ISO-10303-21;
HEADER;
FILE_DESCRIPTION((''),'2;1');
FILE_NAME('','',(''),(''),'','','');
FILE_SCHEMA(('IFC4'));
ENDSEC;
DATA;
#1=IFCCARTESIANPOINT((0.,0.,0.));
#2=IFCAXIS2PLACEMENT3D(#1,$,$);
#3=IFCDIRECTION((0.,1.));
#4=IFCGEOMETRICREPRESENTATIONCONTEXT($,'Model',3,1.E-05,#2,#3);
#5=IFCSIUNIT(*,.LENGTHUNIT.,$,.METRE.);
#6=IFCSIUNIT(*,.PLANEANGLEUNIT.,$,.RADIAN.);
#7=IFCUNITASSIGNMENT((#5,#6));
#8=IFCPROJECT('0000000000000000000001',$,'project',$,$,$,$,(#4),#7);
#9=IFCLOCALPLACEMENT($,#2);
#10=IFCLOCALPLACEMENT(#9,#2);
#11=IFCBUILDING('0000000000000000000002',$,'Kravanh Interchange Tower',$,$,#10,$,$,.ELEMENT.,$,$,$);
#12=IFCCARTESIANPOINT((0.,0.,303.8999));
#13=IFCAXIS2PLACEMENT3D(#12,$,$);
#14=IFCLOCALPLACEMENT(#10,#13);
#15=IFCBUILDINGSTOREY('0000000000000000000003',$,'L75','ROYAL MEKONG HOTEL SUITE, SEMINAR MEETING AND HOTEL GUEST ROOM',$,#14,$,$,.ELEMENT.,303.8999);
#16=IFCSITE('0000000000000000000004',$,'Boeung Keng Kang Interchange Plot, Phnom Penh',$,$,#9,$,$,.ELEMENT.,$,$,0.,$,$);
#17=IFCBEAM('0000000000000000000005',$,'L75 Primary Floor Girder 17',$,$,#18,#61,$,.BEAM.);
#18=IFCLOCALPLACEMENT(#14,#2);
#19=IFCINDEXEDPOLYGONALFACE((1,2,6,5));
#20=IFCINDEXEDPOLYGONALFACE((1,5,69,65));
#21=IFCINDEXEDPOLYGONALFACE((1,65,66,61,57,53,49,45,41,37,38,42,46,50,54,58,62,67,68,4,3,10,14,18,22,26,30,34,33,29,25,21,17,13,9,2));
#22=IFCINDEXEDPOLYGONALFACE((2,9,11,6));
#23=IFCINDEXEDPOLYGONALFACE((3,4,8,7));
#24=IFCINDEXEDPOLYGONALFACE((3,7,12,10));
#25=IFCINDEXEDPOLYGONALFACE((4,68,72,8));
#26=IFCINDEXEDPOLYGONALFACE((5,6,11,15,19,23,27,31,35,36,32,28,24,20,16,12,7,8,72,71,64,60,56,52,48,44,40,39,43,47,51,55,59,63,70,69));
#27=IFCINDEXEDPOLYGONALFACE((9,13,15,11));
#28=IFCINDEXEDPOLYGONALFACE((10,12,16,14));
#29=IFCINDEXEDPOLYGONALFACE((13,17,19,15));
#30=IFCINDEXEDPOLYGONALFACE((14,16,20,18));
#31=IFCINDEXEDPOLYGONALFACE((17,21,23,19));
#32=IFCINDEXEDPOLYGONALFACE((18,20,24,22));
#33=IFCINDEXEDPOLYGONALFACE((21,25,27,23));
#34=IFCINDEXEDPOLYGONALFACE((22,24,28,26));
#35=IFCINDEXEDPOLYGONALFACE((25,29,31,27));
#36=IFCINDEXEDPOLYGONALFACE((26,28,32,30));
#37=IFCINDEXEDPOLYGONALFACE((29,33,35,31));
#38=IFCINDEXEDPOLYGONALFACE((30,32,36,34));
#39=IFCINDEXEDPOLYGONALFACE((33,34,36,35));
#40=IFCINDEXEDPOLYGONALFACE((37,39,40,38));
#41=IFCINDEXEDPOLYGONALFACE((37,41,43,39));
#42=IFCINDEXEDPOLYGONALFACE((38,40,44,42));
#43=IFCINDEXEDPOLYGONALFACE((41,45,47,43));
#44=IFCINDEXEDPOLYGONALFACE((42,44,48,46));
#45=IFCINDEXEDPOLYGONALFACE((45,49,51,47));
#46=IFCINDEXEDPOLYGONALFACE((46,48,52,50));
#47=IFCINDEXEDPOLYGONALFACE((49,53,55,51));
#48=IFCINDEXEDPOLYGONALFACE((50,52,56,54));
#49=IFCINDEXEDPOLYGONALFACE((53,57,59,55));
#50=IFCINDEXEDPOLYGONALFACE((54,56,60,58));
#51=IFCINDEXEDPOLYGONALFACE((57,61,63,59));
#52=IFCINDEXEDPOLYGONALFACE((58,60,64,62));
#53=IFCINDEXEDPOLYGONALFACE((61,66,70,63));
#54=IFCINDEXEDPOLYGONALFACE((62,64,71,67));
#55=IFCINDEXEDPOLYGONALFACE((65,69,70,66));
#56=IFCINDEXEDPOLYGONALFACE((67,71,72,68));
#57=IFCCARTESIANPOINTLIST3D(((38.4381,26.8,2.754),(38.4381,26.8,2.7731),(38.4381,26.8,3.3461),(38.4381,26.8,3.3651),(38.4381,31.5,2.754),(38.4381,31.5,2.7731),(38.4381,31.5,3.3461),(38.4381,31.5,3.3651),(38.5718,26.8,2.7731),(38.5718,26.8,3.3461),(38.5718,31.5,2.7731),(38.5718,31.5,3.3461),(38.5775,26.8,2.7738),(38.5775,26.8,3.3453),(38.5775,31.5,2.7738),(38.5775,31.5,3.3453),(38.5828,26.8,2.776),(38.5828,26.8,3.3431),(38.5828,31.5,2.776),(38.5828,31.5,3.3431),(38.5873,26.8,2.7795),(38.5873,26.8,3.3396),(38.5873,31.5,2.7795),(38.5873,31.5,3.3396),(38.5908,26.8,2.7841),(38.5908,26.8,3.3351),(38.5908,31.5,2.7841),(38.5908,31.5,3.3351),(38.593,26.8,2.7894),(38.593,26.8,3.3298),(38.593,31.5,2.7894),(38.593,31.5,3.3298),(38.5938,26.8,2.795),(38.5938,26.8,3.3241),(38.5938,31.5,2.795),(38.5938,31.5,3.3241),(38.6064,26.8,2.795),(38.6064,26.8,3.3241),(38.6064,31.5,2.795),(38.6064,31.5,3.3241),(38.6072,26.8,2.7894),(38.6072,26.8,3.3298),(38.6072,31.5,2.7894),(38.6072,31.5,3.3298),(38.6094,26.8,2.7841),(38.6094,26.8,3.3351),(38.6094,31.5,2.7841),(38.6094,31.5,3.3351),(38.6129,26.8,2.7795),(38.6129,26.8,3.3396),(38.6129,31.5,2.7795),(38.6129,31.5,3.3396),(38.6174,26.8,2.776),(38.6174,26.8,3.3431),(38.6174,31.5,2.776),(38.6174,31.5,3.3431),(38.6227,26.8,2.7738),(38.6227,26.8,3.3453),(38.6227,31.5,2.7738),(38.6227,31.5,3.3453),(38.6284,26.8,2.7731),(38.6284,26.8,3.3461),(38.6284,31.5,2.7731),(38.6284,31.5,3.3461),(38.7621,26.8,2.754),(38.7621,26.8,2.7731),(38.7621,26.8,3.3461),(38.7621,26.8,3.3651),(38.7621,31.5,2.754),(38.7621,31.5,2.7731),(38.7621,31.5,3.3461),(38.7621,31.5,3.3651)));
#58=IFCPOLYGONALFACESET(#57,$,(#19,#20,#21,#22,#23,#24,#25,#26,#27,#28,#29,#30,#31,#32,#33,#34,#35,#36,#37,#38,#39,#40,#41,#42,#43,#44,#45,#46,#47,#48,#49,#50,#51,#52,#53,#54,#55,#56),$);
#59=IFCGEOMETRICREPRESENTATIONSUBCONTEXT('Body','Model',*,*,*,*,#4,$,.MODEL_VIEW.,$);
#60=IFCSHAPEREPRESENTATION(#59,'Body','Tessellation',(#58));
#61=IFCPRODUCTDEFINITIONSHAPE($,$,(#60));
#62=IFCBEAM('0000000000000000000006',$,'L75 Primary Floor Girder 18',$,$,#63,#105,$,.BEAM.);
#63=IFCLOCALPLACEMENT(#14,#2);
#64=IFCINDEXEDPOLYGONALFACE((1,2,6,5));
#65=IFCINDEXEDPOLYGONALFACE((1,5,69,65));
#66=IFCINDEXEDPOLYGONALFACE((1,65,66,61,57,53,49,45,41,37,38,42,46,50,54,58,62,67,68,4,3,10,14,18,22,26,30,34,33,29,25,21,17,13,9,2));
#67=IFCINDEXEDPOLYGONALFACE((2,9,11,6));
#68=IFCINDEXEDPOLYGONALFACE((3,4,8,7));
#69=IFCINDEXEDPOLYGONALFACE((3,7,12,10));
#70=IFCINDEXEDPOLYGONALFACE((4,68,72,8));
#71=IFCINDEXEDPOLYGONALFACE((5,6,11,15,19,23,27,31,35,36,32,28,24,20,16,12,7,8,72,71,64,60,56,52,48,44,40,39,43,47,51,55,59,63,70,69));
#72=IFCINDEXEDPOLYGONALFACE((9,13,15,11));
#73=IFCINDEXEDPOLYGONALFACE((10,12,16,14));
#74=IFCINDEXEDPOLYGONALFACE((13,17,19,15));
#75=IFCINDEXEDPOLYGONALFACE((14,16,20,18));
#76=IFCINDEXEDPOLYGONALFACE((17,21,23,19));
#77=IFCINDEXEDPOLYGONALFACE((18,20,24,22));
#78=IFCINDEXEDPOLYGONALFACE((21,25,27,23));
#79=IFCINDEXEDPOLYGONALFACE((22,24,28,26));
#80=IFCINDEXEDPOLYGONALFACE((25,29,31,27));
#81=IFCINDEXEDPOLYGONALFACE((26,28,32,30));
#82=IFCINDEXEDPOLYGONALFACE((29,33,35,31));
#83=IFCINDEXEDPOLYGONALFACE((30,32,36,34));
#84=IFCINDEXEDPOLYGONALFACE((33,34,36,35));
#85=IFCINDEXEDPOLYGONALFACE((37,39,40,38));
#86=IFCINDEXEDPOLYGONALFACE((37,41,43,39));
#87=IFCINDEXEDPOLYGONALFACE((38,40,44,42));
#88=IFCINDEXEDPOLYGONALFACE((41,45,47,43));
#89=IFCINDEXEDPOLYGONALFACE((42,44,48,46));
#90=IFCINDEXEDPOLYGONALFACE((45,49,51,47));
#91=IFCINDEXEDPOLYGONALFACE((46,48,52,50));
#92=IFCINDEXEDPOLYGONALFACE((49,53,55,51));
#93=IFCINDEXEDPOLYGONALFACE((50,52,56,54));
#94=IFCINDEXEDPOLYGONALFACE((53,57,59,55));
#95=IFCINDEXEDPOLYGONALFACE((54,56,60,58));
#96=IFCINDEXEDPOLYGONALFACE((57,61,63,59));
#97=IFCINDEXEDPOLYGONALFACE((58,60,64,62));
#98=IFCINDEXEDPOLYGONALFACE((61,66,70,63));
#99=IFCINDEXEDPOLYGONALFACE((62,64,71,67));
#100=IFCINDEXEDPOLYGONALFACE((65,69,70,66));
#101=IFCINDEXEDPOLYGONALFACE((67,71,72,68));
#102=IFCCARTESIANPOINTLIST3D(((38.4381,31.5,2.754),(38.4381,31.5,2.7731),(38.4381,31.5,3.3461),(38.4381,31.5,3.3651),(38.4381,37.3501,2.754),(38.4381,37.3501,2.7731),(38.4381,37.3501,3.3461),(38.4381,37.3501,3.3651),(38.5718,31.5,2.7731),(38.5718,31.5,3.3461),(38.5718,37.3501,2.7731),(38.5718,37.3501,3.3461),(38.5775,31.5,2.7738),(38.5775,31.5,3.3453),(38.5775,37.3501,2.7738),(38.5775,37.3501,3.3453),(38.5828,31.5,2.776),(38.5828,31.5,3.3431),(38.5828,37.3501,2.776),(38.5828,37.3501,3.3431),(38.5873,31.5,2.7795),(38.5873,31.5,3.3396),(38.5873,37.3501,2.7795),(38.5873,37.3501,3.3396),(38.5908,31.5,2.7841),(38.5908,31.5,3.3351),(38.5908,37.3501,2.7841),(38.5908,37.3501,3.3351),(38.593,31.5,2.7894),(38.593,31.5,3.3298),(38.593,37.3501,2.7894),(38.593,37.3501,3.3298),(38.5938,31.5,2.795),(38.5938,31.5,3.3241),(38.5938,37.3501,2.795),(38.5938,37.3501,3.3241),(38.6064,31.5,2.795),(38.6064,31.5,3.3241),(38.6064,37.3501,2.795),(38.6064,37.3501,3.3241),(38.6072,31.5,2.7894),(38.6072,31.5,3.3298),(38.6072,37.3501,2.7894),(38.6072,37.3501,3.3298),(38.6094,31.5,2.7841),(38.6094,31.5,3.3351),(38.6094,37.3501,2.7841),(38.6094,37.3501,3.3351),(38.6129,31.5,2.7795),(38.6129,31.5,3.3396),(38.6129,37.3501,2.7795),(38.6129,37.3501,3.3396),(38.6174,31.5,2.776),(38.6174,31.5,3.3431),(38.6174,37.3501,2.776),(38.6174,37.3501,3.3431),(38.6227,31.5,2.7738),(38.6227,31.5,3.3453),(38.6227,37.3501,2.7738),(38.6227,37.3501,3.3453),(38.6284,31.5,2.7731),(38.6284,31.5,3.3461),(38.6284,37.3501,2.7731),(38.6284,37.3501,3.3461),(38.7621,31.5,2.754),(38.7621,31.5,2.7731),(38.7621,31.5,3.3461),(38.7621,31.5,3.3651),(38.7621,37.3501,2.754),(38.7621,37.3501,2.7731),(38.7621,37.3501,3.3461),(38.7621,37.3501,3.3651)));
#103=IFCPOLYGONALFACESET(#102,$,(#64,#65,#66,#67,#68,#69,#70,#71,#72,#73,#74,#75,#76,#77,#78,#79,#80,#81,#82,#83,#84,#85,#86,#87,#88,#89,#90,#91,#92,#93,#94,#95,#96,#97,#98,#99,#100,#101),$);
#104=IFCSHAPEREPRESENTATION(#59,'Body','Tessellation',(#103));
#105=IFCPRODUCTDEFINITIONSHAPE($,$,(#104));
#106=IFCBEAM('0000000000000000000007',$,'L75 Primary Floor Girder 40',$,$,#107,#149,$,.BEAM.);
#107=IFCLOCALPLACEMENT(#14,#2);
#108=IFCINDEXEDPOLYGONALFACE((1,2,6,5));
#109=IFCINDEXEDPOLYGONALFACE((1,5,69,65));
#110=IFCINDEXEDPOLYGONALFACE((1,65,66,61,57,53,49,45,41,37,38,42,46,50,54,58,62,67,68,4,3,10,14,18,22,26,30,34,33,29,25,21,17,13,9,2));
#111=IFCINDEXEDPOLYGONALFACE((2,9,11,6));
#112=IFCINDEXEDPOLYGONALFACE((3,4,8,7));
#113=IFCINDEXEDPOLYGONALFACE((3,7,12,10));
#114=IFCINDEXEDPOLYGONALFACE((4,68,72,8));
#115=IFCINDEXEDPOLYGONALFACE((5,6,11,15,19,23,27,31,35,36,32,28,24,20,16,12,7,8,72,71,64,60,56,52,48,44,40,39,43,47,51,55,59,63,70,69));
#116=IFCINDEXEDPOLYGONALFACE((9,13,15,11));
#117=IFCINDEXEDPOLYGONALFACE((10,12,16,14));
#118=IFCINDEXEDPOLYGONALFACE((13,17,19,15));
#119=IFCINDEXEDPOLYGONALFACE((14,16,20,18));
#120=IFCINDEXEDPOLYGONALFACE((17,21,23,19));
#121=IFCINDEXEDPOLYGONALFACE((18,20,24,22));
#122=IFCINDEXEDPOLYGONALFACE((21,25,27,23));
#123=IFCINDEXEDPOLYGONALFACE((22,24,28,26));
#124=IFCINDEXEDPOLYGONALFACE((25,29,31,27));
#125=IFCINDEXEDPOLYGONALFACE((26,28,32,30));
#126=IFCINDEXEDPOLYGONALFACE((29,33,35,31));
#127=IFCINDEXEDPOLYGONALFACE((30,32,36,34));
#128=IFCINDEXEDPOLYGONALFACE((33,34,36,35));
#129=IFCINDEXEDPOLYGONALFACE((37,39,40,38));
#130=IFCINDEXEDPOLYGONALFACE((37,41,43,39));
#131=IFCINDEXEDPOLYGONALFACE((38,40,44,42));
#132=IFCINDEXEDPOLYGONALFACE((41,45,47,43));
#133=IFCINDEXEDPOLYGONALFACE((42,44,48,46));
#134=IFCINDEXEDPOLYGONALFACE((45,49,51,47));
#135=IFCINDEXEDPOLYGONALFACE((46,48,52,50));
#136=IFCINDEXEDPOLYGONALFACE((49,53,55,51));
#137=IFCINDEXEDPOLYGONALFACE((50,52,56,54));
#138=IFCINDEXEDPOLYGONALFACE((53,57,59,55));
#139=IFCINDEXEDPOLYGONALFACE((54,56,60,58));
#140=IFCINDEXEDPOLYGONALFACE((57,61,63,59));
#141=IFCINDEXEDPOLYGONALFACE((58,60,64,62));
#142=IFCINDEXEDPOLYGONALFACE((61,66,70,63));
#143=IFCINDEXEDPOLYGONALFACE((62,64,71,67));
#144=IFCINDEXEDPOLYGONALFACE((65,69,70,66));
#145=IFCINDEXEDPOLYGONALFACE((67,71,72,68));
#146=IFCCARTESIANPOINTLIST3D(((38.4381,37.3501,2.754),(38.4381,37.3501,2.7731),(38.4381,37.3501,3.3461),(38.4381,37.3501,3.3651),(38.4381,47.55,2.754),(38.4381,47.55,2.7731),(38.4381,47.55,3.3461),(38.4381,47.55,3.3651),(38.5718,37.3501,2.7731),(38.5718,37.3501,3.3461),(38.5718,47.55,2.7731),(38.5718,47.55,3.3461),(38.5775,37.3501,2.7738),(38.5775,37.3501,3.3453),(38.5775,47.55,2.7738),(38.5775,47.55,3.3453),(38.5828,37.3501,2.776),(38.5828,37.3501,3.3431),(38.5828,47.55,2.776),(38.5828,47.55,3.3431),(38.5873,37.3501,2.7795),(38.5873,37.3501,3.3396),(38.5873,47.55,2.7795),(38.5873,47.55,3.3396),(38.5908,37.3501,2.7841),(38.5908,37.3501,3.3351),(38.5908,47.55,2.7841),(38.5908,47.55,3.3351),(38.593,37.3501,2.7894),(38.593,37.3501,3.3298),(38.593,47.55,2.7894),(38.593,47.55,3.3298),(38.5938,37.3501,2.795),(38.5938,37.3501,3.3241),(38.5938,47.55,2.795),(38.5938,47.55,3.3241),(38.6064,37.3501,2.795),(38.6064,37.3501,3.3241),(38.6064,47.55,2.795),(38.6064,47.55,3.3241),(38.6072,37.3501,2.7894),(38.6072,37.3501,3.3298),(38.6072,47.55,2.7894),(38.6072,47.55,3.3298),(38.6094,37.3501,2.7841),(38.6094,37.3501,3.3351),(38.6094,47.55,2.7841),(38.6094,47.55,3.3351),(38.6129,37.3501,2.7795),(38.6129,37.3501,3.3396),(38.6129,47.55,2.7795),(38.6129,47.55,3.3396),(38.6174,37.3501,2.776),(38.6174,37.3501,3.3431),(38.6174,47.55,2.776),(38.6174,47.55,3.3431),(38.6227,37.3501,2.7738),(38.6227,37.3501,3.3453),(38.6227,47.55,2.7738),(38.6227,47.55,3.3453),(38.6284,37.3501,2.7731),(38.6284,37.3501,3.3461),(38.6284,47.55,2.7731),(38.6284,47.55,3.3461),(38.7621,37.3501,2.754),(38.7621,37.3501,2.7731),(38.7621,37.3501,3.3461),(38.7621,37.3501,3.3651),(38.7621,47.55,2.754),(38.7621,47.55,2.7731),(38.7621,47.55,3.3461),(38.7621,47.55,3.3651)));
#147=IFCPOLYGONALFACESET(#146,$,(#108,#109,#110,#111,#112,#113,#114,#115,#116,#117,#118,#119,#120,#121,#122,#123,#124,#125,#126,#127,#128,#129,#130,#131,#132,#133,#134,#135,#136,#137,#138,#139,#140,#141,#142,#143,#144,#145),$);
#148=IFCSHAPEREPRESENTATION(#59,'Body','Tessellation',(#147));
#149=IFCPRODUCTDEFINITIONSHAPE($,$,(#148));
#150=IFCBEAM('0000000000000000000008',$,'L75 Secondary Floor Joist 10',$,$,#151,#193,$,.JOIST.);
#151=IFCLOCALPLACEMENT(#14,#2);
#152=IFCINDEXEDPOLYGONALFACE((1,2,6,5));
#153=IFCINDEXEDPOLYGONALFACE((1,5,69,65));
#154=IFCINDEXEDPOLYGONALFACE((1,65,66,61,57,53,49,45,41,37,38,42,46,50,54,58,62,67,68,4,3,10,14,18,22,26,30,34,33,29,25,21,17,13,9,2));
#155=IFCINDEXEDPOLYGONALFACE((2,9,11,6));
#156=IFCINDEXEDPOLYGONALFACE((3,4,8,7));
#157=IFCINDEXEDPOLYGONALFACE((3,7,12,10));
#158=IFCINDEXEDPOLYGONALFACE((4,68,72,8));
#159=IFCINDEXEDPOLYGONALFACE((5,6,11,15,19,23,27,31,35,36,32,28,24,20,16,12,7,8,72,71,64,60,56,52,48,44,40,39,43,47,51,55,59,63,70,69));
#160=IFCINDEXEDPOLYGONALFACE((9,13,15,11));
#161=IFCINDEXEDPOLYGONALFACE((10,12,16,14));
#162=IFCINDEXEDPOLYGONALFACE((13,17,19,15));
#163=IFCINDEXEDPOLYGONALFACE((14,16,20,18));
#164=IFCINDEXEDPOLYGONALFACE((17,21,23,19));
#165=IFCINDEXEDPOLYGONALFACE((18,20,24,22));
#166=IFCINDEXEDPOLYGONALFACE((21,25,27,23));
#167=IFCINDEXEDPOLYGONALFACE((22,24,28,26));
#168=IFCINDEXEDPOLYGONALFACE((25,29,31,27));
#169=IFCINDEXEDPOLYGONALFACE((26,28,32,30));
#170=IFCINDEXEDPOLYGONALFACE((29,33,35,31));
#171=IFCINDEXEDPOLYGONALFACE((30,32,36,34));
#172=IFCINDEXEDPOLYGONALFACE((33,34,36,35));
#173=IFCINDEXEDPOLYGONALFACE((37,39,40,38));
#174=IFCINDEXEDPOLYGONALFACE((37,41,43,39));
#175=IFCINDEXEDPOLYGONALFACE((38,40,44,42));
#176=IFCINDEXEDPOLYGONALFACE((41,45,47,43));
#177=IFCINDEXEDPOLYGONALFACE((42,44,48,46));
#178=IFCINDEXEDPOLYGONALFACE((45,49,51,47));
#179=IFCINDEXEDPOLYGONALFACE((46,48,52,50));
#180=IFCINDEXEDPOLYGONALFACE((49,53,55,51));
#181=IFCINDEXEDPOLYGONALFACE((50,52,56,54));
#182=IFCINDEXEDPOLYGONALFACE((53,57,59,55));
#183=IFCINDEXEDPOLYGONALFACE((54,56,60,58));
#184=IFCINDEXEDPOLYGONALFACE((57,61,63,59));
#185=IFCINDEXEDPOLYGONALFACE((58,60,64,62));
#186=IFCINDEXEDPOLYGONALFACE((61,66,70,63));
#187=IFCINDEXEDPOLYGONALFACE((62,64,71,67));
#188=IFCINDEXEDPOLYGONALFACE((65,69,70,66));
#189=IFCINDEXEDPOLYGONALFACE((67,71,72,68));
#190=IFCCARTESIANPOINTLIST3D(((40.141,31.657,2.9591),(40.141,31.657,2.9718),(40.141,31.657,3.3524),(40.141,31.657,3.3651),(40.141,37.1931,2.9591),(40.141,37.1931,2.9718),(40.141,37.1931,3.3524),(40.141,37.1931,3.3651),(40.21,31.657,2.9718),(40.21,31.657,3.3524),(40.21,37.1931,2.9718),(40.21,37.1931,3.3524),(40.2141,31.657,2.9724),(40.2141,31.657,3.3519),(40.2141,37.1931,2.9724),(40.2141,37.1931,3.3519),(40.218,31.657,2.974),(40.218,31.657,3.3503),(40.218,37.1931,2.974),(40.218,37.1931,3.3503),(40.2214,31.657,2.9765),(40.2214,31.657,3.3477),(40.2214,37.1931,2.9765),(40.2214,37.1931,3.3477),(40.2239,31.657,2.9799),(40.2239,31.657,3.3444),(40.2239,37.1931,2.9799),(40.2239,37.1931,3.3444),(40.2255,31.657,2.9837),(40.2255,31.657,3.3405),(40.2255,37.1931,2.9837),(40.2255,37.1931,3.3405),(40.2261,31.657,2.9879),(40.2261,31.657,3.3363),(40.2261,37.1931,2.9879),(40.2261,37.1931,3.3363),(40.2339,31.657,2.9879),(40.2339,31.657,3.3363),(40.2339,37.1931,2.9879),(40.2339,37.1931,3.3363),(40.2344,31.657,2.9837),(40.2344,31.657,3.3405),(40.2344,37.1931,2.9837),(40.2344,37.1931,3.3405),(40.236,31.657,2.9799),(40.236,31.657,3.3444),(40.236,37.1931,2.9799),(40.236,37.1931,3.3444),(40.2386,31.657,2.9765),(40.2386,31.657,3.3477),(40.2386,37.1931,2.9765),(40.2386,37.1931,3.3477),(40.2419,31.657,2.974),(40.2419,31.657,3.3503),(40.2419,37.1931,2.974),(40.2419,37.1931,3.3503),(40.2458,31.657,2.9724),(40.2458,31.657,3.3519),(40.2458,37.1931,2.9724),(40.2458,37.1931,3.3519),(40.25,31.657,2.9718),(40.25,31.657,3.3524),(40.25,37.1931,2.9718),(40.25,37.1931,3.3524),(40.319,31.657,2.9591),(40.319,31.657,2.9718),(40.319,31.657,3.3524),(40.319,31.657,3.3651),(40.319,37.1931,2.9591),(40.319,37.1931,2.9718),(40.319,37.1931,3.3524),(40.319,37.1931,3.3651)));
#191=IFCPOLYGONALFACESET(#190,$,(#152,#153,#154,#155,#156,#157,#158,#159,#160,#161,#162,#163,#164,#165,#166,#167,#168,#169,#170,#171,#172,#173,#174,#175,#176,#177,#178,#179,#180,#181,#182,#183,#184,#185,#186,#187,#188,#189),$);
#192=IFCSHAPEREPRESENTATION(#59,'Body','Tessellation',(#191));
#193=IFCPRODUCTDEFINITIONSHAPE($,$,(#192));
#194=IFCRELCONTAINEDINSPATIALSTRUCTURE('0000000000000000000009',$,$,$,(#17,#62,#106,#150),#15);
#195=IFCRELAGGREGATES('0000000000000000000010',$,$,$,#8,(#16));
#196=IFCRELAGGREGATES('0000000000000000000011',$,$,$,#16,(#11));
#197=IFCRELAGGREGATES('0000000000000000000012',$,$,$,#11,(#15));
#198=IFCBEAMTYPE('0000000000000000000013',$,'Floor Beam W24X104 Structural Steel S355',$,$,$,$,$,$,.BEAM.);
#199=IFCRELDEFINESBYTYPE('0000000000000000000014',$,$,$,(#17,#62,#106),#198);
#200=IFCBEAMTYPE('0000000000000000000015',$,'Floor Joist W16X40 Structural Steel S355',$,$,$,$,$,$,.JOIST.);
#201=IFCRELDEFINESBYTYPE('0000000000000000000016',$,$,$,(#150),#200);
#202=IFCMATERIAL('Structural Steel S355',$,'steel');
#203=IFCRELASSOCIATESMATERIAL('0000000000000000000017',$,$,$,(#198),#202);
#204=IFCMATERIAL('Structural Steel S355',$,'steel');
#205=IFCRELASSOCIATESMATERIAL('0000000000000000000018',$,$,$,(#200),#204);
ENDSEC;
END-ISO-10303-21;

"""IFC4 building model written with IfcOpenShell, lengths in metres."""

from ifc_helpers import new_model, si_unit, direction, frame, origin, origin_2d, place, context, subcontext, project, spatial, i_section, extrude, material, material_profile, profile_set, type_object, element, save


model = new_model("IFC4")

# Units and contexts
model_context = context("Model", 3, precision=1e-05, world=origin(), true_north=direction((0.0, 1.0)))
body_context = subcontext(model_context, "Body", "Model", "MODEL_VIEW")
ifc_project = project(units=[si_unit("LENGTHUNIT", "METRE"), si_unit("PLANEANGLEUNIT", "RADIAN")], contexts=[model_context])

# Site, building, storey
site_placement = place(None, origin())
site = spatial("IfcSite", under=ifc_project, at=site_placement, Name="Boeung Keng Kang Interchange Plot, Phnom Penh", CompositionType="ELEMENT", RefElevation=0.0)
building_placement = place(site_placement, origin())
building = spatial("IfcBuilding", under=site, at=building_placement, Name="Kravanh Interchange Tower", CompositionType="ELEMENT")
storey_placement = place(building_placement, frame((0.0, 0.0, 303.8999)))
storey = spatial("IfcBuildingStorey", under=building, at=storey_placement, Name="L75", Description="ROYAL MEKONG HOTEL SUITE, SEMINAR MEETING AND HOTEL GUEST ROOM", CompositionType="ELEMENT", Elevation=303.8999)

# Beams
ifc_material_1 = material(Name="Structural Steel S355", Category="steel")
ifc_material_profile_1 = material_profile(ifc_material_1, i_section(OverallWidth=0.324, OverallDepth=0.6111, WebThickness=0.0127, FlangeThickness=0.019, FilletRadius=0.022, at=origin_2d()), Name="W24X104")
ifc_profile_set_1 = profile_set([ifc_material_profile_1], Name="Structural Steel S355")
beam_type_1 = type_object("IfcBeamType", Name="Floor Beam W24X104 Structural Steel S355", PredefinedType="BEAM", material=ifc_profile_set_1)
beam_1_placement = place(storey_placement, frame((38.6001, 31.5, 3.0596), z_axis=(0.0, -1.0, 0.0), x_axis=(1.0, 0.0, 0.0)))
element("IfcBeam", 1, at=beam_1_placement, inside=storey, type_object=beam_type_1, Name="L75 Primary Floor Girder 17", PredefinedType="BEAM", context=body_context, shape_type="SweptSolid", body=[
    extrude(i_section(OverallWidth=0.324, OverallDepth=0.6111, WebThickness=0.0127, FlangeThickness=0.019, FilletRadius=0.022, at=origin_2d()), origin(), (0.0, 0.0, 1.0), 4.7),
])
beam_2_placement = place(storey_placement, frame((38.6001, 31.5, 3.0596), z_axis=(0.0, 1.0, 0.0), x_axis=(-1.0, 0.0, 0.0)))
element("IfcBeam", 2, at=beam_2_placement, inside=storey, type_object=beam_type_1, Name="L75 Primary Floor Girder 18", PredefinedType="BEAM", context=body_context, shape_type="SweptSolid", body=[
    extrude(i_section(OverallWidth=0.324, OverallDepth=0.6111, WebThickness=0.0127, FlangeThickness=0.019, FilletRadius=0.022, at=origin_2d()), origin(), (0.0, 0.0, 1.0), 5.8501),
])
beam_3_placement = place(storey_placement, frame((38.6001, 37.3501, 3.0596), z_axis=(0.0, 1.0, 0.0), x_axis=(-1.0, 0.0, 0.0)))
element("IfcBeam", 3, at=beam_3_placement, inside=storey, type_object=beam_type_1, Name="L75 Primary Floor Girder 40", PredefinedType="BEAM", context=body_context, shape_type="SweptSolid", body=[
    extrude(i_section(OverallWidth=0.324, OverallDepth=0.6111, WebThickness=0.0127, FlangeThickness=0.019, FilletRadius=0.022, at=origin_2d()), origin(), (0.0, 0.0, 1.0), 10.2),
])
ifc_material_2 = material(Name="Structural Steel S355", Category="steel")
ifc_material_profile_2 = material_profile(ifc_material_2, i_section(OverallWidth=0.178, OverallDepth=0.406, WebThickness=0.0078, FlangeThickness=0.0127, FilletRadius=0.0161, at=origin_2d()), Name="W16X40")
ifc_profile_set_2 = profile_set([ifc_material_profile_2], Name="Structural Steel S355")
beam_type_2 = type_object("IfcBeamType", Name="Floor Joist W16X40 Structural Steel S355", PredefinedType="JOIST", material=ifc_profile_set_2)
for number, where, z_axis, x_axis, name in (
    (4, (40.23, 31.657, 3.1621), (0.0, 1.0, 0.0), (-1.0, 0.0, 0.0), "L75 Secondary Floor Joist 10"),
):
    element("IfcBeam", number, at=place(storey_placement, frame(where, z_axis=z_axis, x_axis=x_axis)), inside=storey, type_object=beam_type_2, Name=name, PredefinedType="JOIST", context=body_context, shape_type="SweptSolid", body=[
        extrude(i_section(OverallWidth=0.178, OverallDepth=0.406, WebThickness=0.0078, FlangeThickness=0.0127, FilletRadius=0.0161, at=origin_2d()), origin(), (0.0, 0.0, 1.0), 5.5361),
    ])

save(model, "model.ifc")
